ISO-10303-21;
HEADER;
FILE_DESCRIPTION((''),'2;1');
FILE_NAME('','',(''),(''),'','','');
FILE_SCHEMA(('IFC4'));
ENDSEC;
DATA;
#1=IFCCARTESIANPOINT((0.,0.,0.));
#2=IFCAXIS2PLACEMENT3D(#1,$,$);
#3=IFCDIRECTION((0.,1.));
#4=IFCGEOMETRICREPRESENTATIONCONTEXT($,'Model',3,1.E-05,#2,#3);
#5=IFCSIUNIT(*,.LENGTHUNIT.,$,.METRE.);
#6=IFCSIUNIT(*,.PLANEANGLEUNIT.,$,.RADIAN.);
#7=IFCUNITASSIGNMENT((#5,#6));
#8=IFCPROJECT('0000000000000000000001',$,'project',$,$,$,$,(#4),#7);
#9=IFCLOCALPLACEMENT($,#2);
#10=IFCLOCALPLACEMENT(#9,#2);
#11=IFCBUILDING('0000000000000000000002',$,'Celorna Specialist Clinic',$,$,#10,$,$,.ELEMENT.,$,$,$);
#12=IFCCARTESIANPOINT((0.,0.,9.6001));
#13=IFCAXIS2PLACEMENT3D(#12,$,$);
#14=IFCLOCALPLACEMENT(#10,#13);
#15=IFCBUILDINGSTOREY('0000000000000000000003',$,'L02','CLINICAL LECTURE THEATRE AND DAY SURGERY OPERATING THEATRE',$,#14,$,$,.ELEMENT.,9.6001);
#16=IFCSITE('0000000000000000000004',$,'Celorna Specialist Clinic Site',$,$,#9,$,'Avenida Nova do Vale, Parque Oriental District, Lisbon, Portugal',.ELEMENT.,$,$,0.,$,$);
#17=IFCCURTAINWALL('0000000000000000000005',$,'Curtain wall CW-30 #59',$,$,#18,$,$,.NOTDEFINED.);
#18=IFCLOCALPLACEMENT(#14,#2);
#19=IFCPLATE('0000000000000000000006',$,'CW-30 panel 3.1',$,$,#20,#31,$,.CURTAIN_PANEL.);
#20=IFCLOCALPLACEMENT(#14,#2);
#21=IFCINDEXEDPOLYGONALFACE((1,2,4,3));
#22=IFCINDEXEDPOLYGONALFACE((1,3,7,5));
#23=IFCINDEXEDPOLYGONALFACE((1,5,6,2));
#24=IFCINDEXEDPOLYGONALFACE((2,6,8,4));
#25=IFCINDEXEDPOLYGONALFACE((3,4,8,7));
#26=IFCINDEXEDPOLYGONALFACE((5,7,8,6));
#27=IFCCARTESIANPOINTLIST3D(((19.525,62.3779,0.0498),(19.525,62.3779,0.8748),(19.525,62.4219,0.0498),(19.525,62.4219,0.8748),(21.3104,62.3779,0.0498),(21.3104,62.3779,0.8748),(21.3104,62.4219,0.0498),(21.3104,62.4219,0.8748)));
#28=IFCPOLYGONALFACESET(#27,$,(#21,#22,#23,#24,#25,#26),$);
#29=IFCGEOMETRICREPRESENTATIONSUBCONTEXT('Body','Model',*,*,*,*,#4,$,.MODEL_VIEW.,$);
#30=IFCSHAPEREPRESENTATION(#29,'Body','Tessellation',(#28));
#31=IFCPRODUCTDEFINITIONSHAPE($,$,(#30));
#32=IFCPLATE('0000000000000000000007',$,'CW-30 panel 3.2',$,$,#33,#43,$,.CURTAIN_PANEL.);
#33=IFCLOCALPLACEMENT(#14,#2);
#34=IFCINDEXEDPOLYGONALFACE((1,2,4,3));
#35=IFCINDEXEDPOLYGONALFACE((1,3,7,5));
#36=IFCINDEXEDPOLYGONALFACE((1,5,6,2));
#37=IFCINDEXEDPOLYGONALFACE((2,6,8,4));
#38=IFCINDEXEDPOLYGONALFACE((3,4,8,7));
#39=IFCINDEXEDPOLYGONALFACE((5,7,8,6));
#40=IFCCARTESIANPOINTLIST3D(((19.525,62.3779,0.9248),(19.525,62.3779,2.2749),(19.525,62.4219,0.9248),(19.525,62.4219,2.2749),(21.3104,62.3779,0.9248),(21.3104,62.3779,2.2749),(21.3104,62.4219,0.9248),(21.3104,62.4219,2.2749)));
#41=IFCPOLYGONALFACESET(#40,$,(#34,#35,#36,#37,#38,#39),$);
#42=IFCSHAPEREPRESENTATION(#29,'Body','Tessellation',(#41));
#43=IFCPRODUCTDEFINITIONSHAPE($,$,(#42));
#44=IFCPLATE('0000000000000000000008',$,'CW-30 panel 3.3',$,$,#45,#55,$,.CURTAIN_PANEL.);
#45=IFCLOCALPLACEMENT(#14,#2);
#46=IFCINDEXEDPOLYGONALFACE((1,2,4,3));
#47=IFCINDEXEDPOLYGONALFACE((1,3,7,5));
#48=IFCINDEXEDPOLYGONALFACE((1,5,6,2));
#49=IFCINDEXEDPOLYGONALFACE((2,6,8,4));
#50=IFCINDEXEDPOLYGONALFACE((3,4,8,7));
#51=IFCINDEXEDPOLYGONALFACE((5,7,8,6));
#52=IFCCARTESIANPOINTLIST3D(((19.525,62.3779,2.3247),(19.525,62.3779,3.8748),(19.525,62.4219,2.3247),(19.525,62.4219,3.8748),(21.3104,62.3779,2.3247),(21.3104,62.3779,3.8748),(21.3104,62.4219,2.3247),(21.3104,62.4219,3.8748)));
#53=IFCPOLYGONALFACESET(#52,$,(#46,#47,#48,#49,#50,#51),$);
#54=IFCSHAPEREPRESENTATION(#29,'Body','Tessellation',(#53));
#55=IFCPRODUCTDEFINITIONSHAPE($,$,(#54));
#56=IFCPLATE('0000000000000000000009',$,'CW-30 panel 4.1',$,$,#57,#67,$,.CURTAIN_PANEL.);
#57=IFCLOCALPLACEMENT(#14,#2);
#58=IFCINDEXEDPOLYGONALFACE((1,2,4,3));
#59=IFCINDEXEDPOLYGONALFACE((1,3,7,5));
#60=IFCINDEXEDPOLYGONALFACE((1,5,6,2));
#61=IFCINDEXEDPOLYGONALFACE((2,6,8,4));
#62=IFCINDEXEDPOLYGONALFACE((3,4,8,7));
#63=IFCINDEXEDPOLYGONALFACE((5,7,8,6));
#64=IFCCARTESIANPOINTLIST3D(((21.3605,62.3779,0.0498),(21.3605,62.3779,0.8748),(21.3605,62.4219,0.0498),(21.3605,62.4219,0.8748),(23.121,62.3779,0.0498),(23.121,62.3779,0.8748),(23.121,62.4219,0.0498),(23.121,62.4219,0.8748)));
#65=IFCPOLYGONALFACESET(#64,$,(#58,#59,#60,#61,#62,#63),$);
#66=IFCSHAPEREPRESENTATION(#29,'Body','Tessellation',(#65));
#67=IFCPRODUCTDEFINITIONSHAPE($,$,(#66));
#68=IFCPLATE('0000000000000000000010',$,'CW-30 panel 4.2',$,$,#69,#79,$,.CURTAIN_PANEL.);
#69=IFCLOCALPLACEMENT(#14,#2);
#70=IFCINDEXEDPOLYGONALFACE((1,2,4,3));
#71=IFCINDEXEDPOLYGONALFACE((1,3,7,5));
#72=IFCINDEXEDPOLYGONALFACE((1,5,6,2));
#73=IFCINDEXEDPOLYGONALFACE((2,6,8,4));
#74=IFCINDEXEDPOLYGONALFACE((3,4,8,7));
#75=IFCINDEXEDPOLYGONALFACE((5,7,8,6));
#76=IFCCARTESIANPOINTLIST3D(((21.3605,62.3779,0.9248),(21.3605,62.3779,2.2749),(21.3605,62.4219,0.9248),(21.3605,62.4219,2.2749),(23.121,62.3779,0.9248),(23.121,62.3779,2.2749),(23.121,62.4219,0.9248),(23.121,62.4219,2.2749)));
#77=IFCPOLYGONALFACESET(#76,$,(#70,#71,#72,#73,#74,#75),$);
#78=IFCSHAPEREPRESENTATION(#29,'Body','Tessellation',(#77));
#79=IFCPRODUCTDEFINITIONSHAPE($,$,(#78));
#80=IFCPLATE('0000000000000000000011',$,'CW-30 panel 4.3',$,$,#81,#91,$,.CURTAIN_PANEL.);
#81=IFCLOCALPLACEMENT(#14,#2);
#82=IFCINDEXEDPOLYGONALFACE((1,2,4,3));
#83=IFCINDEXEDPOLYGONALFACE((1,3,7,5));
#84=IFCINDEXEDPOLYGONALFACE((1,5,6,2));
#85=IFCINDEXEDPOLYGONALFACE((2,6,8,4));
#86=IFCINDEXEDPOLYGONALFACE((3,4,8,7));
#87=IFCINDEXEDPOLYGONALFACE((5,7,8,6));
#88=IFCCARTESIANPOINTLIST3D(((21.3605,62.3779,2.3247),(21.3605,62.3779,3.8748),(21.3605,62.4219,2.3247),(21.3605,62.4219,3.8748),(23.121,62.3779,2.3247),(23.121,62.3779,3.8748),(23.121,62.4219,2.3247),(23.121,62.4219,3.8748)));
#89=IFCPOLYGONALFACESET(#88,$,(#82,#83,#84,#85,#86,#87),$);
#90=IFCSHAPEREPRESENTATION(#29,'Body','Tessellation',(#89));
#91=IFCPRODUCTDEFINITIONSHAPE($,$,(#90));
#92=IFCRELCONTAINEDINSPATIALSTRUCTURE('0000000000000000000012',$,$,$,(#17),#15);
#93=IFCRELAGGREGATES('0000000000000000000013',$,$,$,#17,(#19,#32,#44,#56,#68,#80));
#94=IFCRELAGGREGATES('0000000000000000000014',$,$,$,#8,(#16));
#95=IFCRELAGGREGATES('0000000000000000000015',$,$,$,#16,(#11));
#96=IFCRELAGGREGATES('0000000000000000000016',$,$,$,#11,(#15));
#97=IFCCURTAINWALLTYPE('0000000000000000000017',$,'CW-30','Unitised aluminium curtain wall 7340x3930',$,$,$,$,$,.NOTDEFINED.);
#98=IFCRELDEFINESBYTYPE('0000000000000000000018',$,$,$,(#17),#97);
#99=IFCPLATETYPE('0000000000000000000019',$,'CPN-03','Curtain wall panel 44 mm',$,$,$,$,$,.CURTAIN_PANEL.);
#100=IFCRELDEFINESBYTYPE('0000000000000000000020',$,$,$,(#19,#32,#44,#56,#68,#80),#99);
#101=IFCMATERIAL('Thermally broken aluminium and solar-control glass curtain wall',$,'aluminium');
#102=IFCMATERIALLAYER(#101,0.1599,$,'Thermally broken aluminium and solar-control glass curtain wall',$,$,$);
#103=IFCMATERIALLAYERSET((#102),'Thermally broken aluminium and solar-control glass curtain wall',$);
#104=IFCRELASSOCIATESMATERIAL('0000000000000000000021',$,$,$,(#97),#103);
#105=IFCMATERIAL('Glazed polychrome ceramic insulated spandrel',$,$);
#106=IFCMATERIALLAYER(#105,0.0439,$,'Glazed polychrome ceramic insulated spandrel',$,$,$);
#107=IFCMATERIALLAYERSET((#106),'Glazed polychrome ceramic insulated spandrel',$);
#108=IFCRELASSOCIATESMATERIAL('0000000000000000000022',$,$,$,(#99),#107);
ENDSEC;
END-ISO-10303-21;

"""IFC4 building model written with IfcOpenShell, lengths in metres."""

from ifc_helpers import new_model, si_unit, direction, frame, origin, origin_2d, place, context, subcontext, project, spatial, rectangle, extrude, material, layer, layer_set, type_object, element, aggregate, save


model = new_model("IFC4")

# Units and contexts
model_context = context("Model", 3, precision=1e-05, world=origin(), true_north=direction((0.0, 1.0)))
body_context = subcontext(model_context, "Body", "Model", "MODEL_VIEW")
ifc_project = project(units=[si_unit("LENGTHUNIT", "METRE"), si_unit("PLANEANGLEUNIT", "RADIAN")], contexts=[model_context])

# Site, building, storey
site_placement = place(None, origin())
site = spatial("IfcSite", under=ifc_project, at=site_placement, Name="Celorna Specialist Clinic Site", LongName="Avenida Nova do Vale, Parque Oriental District, Lisbon, Portugal", CompositionType="ELEMENT", RefElevation=0.0)
building_placement = place(site_placement, origin())
building = spatial("IfcBuilding", under=site, at=building_placement, Name="Celorna Specialist Clinic", CompositionType="ELEMENT")
storey_placement = place(building_placement, frame((0.0, 0.0, 9.6001)))
storey = spatial("IfcBuildingStorey", under=building, at=storey_placement, Name="L02", Description="CLINICAL LECTURE THEATRE AND DAY SURGERY OPERATING THEATRE", CompositionType="ELEMENT", Elevation=9.6001)

# Curtain wall
ifc_material_1 = material(Name="Thermally broken aluminium and solar-control glass curtain wall", Category="aluminium")
ifc_layer_1 = layer(ifc_material_1, 0.1599, Name="Thermally broken aluminium and solar-control glass curtain wall")
ifc_layer_set_1 = layer_set([ifc_layer_1], Name="Thermally broken aluminium and solar-control glass curtain wall")
curtain_wall_type_1 = type_object("IfcCurtainWallType", Name="CW-30", Description="Unitised aluminium curtain wall 7340x3930", PredefinedType="NOTDEFINED", material=ifc_layer_set_1)
curtain_wall_1_placement = place(storey_placement, origin())
curtain_wall_1 = element("IfcCurtainWall", 1, at=curtain_wall_1_placement, inside=storey, type_object=curtain_wall_type_1, Name="Curtain wall CW-30 #59", PredefinedType="NOTDEFINED")

# Plates
ifc_material_2 = material(Name="Glazed polychrome ceramic insulated spandrel")
ifc_layer_2 = layer(ifc_material_2, 0.0439, Name="Glazed polychrome ceramic insulated spandrel")
ifc_layer_set_2 = layer_set([ifc_layer_2], Name="Glazed polychrome ceramic insulated spandrel")
plate_type_1 = type_object("IfcPlateType", Name="CPN-03", Description="Curtain wall panel 44 mm", PredefinedType="CURTAIN_PANEL", material=ifc_layer_set_2)
plate_1_placement = place(storey_placement, frame((20.4177, 62.3999, 0.0498), z_axis=(0.0, 0.0, 1.0), x_axis=(1.0, 0.0, 0.0)))
plate_1 = element("IfcPlate", 2, at=plate_1_placement, type_object=plate_type_1, Name="CW-30 panel 3.1", PredefinedType="CURTAIN_PANEL", context=body_context, shape_type="SweptSolid", body=[
    extrude(rectangle(XDim=1.7854, YDim=0.0439, at=origin_2d()), origin(), (0.0, 0.0, 1.0), 0.825),
])
plate_2_placement = place(storey_placement, frame((20.4177, 62.3999, 0.9248), z_axis=(0.0, 0.0, 1.0), x_axis=(1.0, 0.0, 0.0)))
plate_2 = element("IfcPlate", 3, at=plate_2_placement, type_object=plate_type_1, Name="CW-30 panel 3.2", PredefinedType="CURTAIN_PANEL", context=body_context, shape_type="SweptSolid", body=[
    extrude(rectangle(XDim=1.7854, YDim=0.0439, at=origin_2d()), origin(), (0.0, 0.0, 1.0), 1.3501),
])
plate_3_placement = place(storey_placement, frame((20.4177, 62.3999, 2.3247), z_axis=(0.0, 0.0, 1.0), x_axis=(1.0, 0.0, 0.0)))
plate_3 = element("IfcPlate", 4, at=plate_3_placement, type_object=plate_type_1, Name="CW-30 panel 3.3", PredefinedType="CURTAIN_PANEL", context=body_context, shape_type="SweptSolid", body=[
    extrude(rectangle(XDim=1.7854, YDim=0.0439, at=origin_2d()), origin(), (0.0, 0.0, 1.0), 1.55),
])
plate_4_placement = place(storey_placement, frame((22.2407, 62.3999, 0.0498), z_axis=(0.0, 0.0, 1.0), x_axis=(1.0, 0.0, 0.0)))
plate_4 = element("IfcPlate", 5, at=plate_4_placement, type_object=plate_type_1, Name="CW-30 panel 4.1", PredefinedType="CURTAIN_PANEL", context=body_context, shape_type="SweptSolid", body=[
    extrude(rectangle(XDim=1.7605, YDim=0.0439, at=origin_2d()), origin(), (0.0, 0.0, 1.0), 0.825),
])
plate_5_placement = place(storey_placement, frame((22.2407, 62.3999, 0.9248), z_axis=(0.0, 0.0, 1.0), x_axis=(1.0, 0.0, 0.0)))
plate_5 = element("IfcPlate", 6, at=plate_5_placement, type_object=plate_type_1, Name="CW-30 panel 4.2", PredefinedType="CURTAIN_PANEL", context=body_context, shape_type="SweptSolid", body=[
    extrude(rectangle(XDim=1.7605, YDim=0.0439, at=origin_2d()), origin(), (0.0, 0.0, 1.0), 1.3501),
])
plate_6_placement = place(storey_placement, frame((22.2407, 62.3999, 2.3247), z_axis=(0.0, 0.0, 1.0), x_axis=(1.0, 0.0, 0.0)))
plate_6 = element("IfcPlate", 7, at=plate_6_placement, type_object=plate_type_1, Name="CW-30 panel 4.3", PredefinedType="CURTAIN_PANEL", context=body_context, shape_type="SweptSolid", body=[
    extrude(rectangle(XDim=1.7605, YDim=0.0439, at=origin_2d()), origin(), (0.0, 0.0, 1.0), 1.55),
])
aggregate(curtain_wall_1, [plate_1, plate_2, plate_3, plate_4, plate_5, plate_6])

save(model, "model.ifc")
